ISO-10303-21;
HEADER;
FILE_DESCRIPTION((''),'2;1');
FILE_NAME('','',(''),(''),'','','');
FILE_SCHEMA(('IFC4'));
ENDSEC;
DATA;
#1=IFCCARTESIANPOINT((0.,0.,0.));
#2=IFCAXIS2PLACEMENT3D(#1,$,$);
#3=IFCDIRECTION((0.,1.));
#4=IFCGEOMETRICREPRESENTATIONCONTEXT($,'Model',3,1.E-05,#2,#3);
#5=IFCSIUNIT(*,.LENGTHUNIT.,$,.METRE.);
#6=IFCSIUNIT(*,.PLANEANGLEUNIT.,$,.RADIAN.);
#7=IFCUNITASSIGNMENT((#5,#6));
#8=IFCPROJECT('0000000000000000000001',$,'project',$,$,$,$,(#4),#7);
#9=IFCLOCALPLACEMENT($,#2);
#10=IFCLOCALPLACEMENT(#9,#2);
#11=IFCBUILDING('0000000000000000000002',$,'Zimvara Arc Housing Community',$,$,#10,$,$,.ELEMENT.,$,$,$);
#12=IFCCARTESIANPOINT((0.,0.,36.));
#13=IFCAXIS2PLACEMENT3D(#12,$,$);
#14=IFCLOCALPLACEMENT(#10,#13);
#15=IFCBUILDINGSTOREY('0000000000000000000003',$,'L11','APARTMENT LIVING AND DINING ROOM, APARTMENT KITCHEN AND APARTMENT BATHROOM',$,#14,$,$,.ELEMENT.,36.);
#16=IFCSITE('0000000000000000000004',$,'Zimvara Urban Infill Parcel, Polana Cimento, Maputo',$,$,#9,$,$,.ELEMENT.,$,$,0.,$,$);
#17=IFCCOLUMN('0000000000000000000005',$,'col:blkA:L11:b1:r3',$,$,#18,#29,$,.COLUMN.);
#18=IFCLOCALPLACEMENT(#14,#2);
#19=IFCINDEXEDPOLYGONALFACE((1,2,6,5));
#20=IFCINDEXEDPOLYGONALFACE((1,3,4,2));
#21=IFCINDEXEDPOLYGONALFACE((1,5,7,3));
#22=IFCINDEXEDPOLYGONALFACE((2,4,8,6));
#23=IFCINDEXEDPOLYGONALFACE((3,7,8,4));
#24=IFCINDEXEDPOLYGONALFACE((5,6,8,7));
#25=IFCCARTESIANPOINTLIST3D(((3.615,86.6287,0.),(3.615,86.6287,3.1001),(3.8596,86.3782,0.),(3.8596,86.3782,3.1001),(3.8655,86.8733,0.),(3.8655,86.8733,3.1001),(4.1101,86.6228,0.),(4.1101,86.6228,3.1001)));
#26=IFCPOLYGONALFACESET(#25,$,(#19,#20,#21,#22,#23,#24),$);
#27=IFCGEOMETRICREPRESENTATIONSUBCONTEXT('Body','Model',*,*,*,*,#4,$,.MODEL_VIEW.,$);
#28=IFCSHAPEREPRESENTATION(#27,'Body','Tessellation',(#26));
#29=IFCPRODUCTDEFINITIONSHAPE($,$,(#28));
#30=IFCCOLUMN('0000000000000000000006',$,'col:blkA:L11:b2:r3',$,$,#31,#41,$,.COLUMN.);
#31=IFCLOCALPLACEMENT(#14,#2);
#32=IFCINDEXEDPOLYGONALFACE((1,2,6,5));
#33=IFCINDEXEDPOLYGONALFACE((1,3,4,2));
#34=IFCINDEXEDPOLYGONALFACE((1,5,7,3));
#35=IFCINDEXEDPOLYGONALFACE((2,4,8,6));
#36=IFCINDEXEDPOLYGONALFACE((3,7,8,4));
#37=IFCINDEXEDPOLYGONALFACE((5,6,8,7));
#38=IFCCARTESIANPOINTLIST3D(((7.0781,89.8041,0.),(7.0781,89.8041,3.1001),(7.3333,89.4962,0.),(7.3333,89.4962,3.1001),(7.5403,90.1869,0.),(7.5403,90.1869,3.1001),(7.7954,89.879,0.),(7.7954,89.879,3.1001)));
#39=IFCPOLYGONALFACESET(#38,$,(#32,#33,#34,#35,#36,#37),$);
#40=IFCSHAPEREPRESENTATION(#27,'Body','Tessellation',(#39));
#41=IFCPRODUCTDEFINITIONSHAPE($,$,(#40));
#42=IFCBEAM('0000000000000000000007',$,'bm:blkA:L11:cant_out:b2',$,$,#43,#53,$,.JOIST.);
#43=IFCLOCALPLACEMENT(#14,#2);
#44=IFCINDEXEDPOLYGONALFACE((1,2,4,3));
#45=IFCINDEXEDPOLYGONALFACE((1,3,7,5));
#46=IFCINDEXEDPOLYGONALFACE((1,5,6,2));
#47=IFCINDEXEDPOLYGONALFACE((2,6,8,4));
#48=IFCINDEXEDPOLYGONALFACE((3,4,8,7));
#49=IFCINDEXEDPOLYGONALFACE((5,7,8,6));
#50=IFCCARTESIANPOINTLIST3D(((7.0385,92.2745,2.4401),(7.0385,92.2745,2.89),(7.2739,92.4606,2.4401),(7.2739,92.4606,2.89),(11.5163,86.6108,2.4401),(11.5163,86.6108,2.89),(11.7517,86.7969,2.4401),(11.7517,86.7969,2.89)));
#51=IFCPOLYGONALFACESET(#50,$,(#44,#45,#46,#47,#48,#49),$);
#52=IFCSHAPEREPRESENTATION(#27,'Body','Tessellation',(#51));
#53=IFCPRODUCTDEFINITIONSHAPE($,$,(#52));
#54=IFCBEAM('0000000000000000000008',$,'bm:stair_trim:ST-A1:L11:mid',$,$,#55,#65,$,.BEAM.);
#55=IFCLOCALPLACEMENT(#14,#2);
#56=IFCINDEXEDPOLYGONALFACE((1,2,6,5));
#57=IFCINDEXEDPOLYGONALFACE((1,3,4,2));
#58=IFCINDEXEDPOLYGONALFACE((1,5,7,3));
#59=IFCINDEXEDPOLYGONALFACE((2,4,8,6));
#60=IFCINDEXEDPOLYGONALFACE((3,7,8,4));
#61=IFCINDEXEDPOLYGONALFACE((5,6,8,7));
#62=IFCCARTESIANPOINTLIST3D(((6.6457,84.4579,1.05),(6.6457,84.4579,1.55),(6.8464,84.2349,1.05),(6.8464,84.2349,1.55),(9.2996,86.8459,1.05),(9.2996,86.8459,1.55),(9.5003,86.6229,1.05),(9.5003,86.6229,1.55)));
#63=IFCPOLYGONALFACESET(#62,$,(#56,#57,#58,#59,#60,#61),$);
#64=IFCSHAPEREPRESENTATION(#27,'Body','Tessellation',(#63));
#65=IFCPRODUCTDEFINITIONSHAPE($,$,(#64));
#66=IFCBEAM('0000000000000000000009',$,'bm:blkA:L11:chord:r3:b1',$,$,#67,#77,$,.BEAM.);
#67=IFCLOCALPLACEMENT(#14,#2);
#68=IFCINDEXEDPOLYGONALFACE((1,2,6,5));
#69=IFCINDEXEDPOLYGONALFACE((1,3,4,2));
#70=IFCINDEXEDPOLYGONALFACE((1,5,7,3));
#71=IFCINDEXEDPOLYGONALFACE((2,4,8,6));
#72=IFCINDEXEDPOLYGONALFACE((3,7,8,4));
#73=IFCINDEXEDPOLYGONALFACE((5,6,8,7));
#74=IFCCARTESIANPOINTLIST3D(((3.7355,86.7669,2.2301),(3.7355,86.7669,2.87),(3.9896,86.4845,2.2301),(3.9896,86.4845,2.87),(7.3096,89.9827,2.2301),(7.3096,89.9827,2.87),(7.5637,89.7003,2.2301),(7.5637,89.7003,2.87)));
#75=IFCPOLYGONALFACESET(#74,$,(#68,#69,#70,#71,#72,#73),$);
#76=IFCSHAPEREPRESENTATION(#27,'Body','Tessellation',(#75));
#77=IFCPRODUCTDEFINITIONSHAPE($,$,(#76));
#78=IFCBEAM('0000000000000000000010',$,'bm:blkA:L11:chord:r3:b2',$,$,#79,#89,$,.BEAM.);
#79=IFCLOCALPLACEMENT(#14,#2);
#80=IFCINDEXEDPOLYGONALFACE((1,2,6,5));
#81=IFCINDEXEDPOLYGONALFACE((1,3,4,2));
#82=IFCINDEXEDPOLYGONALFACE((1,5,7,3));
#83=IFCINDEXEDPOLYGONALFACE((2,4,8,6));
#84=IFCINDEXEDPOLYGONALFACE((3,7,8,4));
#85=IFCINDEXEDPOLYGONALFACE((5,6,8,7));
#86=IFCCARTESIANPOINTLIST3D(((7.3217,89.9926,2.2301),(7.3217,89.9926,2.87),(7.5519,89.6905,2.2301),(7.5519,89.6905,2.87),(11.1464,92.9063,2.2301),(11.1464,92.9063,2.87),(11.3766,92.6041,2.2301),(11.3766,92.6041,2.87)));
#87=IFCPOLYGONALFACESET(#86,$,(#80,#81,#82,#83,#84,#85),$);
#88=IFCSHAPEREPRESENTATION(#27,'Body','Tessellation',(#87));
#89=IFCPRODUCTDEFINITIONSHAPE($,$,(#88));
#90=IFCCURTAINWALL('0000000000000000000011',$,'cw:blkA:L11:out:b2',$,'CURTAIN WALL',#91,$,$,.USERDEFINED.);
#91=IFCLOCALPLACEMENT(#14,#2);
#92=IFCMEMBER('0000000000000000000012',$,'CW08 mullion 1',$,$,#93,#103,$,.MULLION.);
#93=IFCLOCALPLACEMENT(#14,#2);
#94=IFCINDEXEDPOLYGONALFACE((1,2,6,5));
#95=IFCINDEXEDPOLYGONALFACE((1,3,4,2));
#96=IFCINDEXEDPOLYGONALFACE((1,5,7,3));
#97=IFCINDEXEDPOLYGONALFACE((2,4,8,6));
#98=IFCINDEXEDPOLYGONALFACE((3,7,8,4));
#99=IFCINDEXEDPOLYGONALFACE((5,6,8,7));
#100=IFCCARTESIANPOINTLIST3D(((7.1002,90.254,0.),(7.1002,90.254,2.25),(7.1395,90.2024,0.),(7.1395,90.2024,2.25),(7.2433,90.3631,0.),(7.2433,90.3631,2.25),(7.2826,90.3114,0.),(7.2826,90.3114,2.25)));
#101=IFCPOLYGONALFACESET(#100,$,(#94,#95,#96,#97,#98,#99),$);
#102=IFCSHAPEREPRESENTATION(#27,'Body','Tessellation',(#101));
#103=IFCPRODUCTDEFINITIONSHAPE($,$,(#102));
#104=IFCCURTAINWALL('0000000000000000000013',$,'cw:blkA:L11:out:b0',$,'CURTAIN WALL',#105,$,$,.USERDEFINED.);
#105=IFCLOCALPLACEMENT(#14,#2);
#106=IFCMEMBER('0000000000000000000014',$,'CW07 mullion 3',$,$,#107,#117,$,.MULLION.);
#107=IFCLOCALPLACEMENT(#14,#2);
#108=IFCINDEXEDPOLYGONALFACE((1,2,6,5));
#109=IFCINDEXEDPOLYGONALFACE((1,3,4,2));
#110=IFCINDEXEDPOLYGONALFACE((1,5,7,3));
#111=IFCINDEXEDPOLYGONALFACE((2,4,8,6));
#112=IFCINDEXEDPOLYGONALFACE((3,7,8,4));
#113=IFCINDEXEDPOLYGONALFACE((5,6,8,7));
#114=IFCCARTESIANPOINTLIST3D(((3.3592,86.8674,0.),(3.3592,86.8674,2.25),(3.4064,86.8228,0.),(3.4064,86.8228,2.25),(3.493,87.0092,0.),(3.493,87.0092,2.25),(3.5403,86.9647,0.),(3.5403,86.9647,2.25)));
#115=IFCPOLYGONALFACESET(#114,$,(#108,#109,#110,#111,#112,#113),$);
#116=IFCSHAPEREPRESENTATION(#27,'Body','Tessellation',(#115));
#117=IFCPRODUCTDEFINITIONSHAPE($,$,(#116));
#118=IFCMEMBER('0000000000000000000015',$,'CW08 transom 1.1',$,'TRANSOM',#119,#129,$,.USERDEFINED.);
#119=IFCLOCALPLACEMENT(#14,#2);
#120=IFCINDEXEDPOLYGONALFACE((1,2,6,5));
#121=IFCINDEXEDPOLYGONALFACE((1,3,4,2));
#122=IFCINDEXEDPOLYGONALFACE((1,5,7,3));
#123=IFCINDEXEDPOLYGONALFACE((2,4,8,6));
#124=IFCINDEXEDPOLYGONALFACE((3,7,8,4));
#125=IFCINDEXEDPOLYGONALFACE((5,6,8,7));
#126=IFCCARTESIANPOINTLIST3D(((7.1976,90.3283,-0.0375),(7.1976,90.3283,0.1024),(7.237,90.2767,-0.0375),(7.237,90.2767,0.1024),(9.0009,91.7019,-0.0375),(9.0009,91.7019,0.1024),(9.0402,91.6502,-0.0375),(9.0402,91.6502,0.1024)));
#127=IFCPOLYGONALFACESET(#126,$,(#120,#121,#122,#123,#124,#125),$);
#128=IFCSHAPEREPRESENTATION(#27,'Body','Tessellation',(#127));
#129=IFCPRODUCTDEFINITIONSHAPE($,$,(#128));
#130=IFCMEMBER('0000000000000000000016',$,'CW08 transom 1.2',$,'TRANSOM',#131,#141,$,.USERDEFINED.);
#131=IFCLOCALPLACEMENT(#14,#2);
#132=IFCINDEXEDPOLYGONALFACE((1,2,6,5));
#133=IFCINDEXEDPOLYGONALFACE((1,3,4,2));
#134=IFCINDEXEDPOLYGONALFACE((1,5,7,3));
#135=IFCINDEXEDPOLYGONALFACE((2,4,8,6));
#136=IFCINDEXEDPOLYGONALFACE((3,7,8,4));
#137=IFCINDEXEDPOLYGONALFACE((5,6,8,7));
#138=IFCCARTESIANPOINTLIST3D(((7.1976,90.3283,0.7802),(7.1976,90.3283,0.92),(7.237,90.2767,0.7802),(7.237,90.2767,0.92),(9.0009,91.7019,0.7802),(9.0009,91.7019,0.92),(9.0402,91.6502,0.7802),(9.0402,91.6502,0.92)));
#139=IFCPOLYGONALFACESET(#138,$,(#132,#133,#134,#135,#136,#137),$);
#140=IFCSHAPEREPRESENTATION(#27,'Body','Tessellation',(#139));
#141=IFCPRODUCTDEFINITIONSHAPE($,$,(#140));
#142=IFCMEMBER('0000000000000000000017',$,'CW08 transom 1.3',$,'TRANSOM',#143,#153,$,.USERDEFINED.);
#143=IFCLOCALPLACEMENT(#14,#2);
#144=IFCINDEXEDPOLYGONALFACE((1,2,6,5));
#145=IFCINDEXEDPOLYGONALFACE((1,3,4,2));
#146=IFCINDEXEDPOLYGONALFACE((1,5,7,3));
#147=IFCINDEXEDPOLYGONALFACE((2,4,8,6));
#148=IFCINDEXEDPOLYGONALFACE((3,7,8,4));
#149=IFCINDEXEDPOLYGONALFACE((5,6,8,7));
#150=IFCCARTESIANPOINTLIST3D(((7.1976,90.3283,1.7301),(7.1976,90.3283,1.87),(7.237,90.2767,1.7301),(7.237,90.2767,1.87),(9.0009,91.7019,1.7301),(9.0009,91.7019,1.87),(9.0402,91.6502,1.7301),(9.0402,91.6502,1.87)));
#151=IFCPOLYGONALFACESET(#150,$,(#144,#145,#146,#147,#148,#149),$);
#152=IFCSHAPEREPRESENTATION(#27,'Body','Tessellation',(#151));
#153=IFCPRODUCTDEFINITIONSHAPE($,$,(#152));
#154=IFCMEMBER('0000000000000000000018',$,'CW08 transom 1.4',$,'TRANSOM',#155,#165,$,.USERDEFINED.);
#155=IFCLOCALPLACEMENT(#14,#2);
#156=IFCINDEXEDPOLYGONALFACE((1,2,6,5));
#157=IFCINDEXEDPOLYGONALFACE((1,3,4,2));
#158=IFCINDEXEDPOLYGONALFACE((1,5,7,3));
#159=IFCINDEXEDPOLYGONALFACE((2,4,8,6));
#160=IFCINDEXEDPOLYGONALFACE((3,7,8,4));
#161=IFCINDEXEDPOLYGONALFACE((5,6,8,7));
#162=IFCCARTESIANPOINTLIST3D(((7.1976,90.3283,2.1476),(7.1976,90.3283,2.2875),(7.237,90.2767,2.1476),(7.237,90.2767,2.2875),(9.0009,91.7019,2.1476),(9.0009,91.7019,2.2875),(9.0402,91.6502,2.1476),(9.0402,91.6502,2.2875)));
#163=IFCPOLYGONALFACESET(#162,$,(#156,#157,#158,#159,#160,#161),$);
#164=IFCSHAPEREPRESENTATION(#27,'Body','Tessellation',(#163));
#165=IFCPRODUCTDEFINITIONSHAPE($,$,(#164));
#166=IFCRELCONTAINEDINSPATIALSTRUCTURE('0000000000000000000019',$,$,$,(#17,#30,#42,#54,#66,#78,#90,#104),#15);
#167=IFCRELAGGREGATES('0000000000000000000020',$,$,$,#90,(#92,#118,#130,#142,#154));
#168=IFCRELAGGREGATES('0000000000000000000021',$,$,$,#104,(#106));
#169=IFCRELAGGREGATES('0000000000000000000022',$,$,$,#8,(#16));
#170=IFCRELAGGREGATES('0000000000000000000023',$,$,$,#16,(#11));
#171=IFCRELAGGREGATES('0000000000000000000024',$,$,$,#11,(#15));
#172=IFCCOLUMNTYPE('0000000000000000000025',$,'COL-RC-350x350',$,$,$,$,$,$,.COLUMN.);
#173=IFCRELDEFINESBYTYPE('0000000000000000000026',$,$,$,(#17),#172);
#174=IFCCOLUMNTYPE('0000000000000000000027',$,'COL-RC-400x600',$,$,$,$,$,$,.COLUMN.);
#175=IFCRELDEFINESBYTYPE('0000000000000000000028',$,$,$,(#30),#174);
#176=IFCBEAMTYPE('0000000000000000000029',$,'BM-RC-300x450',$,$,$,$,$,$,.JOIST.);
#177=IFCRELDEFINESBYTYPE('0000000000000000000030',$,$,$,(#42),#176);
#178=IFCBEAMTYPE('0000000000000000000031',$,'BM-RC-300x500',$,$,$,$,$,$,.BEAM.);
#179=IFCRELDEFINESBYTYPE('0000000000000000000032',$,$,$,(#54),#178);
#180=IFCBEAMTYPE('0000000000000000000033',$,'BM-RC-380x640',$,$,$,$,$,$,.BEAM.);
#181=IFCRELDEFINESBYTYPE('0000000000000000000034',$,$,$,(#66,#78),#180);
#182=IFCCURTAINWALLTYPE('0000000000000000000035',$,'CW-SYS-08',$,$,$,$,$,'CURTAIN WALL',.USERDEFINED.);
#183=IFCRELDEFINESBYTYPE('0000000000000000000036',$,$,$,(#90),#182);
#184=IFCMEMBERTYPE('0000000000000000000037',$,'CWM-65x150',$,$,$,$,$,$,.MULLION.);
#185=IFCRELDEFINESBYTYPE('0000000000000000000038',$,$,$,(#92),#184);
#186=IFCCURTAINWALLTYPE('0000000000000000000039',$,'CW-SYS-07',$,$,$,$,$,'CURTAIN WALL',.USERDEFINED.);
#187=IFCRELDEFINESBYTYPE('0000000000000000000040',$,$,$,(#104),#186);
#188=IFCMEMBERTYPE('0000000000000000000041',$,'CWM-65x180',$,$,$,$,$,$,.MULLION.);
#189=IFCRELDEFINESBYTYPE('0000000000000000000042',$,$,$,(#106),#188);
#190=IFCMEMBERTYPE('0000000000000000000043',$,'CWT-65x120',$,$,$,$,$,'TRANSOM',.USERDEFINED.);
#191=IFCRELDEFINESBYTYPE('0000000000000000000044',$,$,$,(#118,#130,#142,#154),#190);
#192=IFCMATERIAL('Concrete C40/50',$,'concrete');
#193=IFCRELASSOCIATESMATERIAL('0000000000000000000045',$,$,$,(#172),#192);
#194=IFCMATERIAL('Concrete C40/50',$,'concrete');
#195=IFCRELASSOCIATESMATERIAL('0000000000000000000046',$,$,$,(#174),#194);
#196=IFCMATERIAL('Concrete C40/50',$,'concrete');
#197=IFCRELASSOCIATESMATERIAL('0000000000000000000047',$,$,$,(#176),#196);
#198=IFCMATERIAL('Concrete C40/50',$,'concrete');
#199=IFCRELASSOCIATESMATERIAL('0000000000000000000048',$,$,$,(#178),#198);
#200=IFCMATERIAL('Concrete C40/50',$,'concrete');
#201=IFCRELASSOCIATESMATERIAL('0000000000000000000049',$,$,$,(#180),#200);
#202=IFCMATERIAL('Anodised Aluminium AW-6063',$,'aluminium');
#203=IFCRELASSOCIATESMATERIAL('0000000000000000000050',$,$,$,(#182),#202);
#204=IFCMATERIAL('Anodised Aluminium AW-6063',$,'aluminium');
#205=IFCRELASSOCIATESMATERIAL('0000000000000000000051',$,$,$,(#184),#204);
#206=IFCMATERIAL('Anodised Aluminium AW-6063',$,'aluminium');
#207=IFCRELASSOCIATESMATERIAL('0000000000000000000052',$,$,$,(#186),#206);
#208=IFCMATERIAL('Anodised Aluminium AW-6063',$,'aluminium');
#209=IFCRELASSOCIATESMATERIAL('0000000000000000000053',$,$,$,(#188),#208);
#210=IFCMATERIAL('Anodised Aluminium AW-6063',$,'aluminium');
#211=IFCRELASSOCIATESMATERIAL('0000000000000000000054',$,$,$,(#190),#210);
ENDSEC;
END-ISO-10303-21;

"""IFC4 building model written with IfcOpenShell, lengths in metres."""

from ifc_helpers import new_model, si_unit, direction, frame, origin, origin_2d, place, context, subcontext, project, spatial, rectangle, extrude, material, material_profile, profile_set, type_object, element, aggregate, save


model = new_model("IFC4")

# Units and contexts
model_context = context("Model", 3, precision=1e-05, world=origin(), true_north=direction((0.0, 1.0)))
body_context = subcontext(model_context, "Body", "Model", "MODEL_VIEW")
ifc_project = project(units=[si_unit("LENGTHUNIT", "METRE"), si_unit("PLANEANGLEUNIT", "RADIAN")], contexts=[model_context])

# Site, building, storey
site_placement = place(None, origin())
site = spatial("IfcSite", under=ifc_project, at=site_placement, Name="Zimvara Urban Infill Parcel, Polana Cimento, Maputo", CompositionType="ELEMENT", RefElevation=0.0)
building_placement = place(site_placement, origin())
building = spatial("IfcBuilding", under=site, at=building_placement, Name="Zimvara Arc Housing Community", CompositionType="ELEMENT")
storey_placement = place(building_placement, frame((0.0, 0.0, 36.0)))
storey = spatial("IfcBuildingStorey", under=building, at=storey_placement, Name="L11", Description="APARTMENT LIVING AND DINING ROOM, APARTMENT KITCHEN AND APARTMENT BATHROOM", CompositionType="ELEMENT", Elevation=36.0)

# Columns
ifc_material_1 = material(Name="Concrete C40/50", Category="concrete")
ifc_material_profile_1 = material_profile(ifc_material_1, rectangle(XDim=0.3501, YDim=0.3501, at=origin_2d()), Name="RC 350x350")
ifc_profile_set_1 = profile_set([ifc_material_profile_1], Name="Concrete C40/50")
column_type_1 = type_object("IfcColumnType", Name="COL-RC-350x350", PredefinedType="COLUMN", material=ifc_profile_set_1)
column_1_placement = place(storey_placement, frame((3.8625, 86.6257, 0.0), z_axis=(0.0, 0.0, 1.0), x_axis=(-0.698665, 0.715449, 0.0)))
element("IfcColumn", 1, at=column_1_placement, inside=storey, type_object=column_type_1, Name="col:blkA:L11:b1:r3", PredefinedType="COLUMN", context=body_context, shape_type="SweptSolid", body=[
    extrude(rectangle(XDim=0.3501, YDim=0.3501, at=origin_2d()), origin(), (0.0, 0.0, 1.0), 3.1001),
])
ifc_material_2 = material(Name="Concrete C40/50", Category="concrete")
ifc_material_profile_2 = material_profile(ifc_material_2, rectangle(XDim=0.3999, YDim=0.6001, at=origin_2d()), Name="RC 400x600")
ifc_profile_set_2 = profile_set([ifc_material_profile_2], Name="Concrete C40/50")
column_type_2 = type_object("IfcColumnType", Name="COL-RC-400x600", PredefinedType="COLUMN", material=ifc_profile_set_2)
column_2_placement = place(storey_placement, frame((7.4368, 89.8416, 0.0), z_axis=(0.0, 0.0, 1.0), x_axis=(-0.637962, 0.770068, 0.0)))
element("IfcColumn", 2, at=column_2_placement, inside=storey, type_object=column_type_2, Name="col:blkA:L11:b2:r3", PredefinedType="COLUMN", context=body_context, shape_type="SweptSolid", body=[
    extrude(rectangle(XDim=0.3999, YDim=0.6001, at=origin_2d()), origin(), (0.0, 0.0, 1.0), 3.1001),
])

# Beams
ifc_material_3 = material(Name="Concrete C40/50", Category="concrete")
ifc_material_profile_3 = material_profile(ifc_material_3, rectangle(XDim=0.3, YDim=0.45, at=origin_2d()), Name="RC 300x450")
ifc_profile_set_3 = profile_set([ifc_material_profile_3], Name="Concrete C40/50")
beam_type_1 = type_object("IfcBeamType", Name="BM-RC-300x450", PredefinedType="JOIST", material=ifc_profile_set_3)
beam_1_placement = place(storey_placement, frame((11.634, 86.7039, 2.665), z_axis=(-0.620202, 0.784442, 0.0), x_axis=(-0.784442, -0.620202, 0.0)))
element("IfcBeam", 3, at=beam_1_placement, inside=storey, type_object=beam_type_1, Name="bm:blkA:L11:cant_out:b2", PredefinedType="JOIST", context=body_context, shape_type="SweptSolid", body=[
    extrude(rectangle(XDim=0.3, YDim=0.45, at=origin_2d()), origin(), (0.0, 0.0, 1.0), 7.22),
])
ifc_material_4 = material(Name="Concrete C40/50", Category="concrete")
ifc_material_profile_4 = material_profile(ifc_material_4, rectangle(XDim=0.3, YDim=0.5, at=origin_2d()), Name="RC 300x500")
ifc_profile_set_4 = profile_set([ifc_material_profile_4], Name="Concrete C40/50")
beam_type_2 = type_object("IfcBeamType", Name="BM-RC-300x500", PredefinedType="BEAM", material=ifc_profile_set_4)
beam_2_placement = place(storey_placement, frame((9.3999, 86.7344, 1.3), z_axis=(-0.743362, -0.668889, 0.0), x_axis=(0.668889, -0.743362, 0.0)))
element("IfcBeam", 4, at=beam_2_placement, inside=storey, type_object=beam_type_2, Name="bm:stair_trim:ST-A1:L11:mid", PredefinedType="BEAM", context=body_context, shape_type="SweptSolid", body=[
    extrude(rectangle(XDim=0.3, YDim=0.5, at=origin_2d()), origin(), (0.0, 0.0, 1.0), 3.5701),
])
ifc_material_5 = material(Name="Concrete C40/50", Category="concrete")
ifc_material_profile_5 = material_profile(ifc_material_5, rectangle(XDim=0.3799, YDim=0.6399, at=origin_2d()), Name="RC 380x640")
ifc_profile_set_5 = profile_set([ifc_material_profile_5], Name="Concrete C40/50")
beam_type_3 = type_object("IfcBeamType", Name="BM-RC-380x640", PredefinedType="BEAM", material=ifc_profile_set_5)
beam_3_placement = place(storey_placement, frame((3.8625, 86.6257, 2.55), z_axis=(0.743395, 0.668853, 0.0), x_axis=(-0.668853, 0.743395, 0.0)))
element("IfcBeam", 5, at=beam_3_placement, inside=storey, type_object=beam_type_3, Name="bm:blkA:L11:chord:r3:b1", PredefinedType="BEAM", context=body_context, shape_type="SweptSolid", body=[
    extrude(rectangle(XDim=0.3799, YDim=0.6399, at=origin_2d()), origin(), (0.0, 0.0, 1.0), 4.8079),
])
beam_4_placement = place(storey_placement, frame((7.4368, 89.8416, 2.55), z_axis=(0.795481, 0.605979, 0.0), x_axis=(-0.605979, 0.795481, 0.0)))
element("IfcBeam", 6, at=beam_4_placement, inside=storey, type_object=beam_type_3, Name="bm:blkA:L11:chord:r3:b2", PredefinedType="BEAM", context=body_context, shape_type="SweptSolid", body=[
    extrude(rectangle(XDim=0.3799, YDim=0.6399, at=origin_2d()), origin(), (0.0, 0.0, 1.0), 4.8081),
])

# Curtain walls, members
ifc_material_6 = material(Name="Anodised Aluminium AW-6063", Category="aluminium")
curtain_wall_type_1 = type_object("IfcCurtainWallType", Name="CW-SYS-08", ElementType="CURTAIN WALL", PredefinedType="USERDEFINED", material=ifc_material_6)
curtain_wall_1_placement = place(storey_placement, origin())
curtain_wall_1 = element("IfcCurtainWall", 7, at=curtain_wall_1_placement, inside=storey, type_object=curtain_wall_type_1, Name="cw:blkA:L11:out:b2", ObjectType="CURTAIN WALL", PredefinedType="USERDEFINED")
ifc_material_7 = material(Name="Anodised Aluminium AW-6063", Category="aluminium")
ifc_material_profile_6 = material_profile(ifc_material_7, rectangle(XDim=0.0649, YDim=0.1799, at=origin_2d()), Name="ALU 65x180")
ifc_profile_set_6 = profile_set([ifc_material_profile_6], Name="Anodised Aluminium AW-6063")
member_type_1 = type_object("IfcMemberType", Name="CWM-65x150", PredefinedType="MULLION", material=ifc_profile_set_6)
member_1_placement = place(storey_placement, frame((7.1914, 90.2827, 0.0), z_axis=(0.0, 0.0, 1.0), x_axis=(-0.605988, 0.795474, 0.0)))
member_1 = element("IfcMember", 8, at=member_1_placement, type_object=member_type_1, Name="CW08 mullion 1", PredefinedType="MULLION", context=body_context, shape_type="SweptSolid", body=[
    extrude(rectangle(XDim=0.0649, YDim=0.1799, at=origin_2d()), origin(), (0.0, 0.0, 1.0), 2.25),
])
ifc_material_8 = material(Name="Anodised Aluminium AW-6063", Category="aluminium")
curtain_wall_type_2 = type_object("IfcCurtainWallType", Name="CW-SYS-07", ElementType="CURTAIN WALL", PredefinedType="USERDEFINED", material=ifc_material_8)
curtain_wall_2_placement = place(storey_placement, origin())
curtain_wall_2 = element("IfcCurtainWall", 9, at=curtain_wall_2_placement, inside=storey, type_object=curtain_wall_type_2, Name="cw:blkA:L11:out:b0", ObjectType="CURTAIN WALL", PredefinedType="USERDEFINED")
ifc_material_9 = material(Name="Anodised Aluminium AW-6063", Category="aluminium")
ifc_material_profile_7 = material_profile(ifc_material_9, rectangle(XDim=0.0649, YDim=0.1951, at=origin_2d()), Name="ALU 65x195")
ifc_profile_set_7 = profile_set([ifc_material_profile_7], Name="Anodised Aluminium AW-6063")
member_type_2 = type_object("IfcMemberType", Name="CWM-65x180", PredefinedType="MULLION", material=ifc_profile_set_7)
member_2_placement = place(storey_placement, frame((3.4497, 86.916, 0.0), z_axis=(0.0, 0.0, 1.0), x_axis=(-0.727294, 0.686326, 0.0)))
member_2 = element("IfcMember", 10, at=member_2_placement, type_object=member_type_2, Name="CW07 mullion 3", PredefinedType="MULLION", context=body_context, shape_type="SweptSolid", body=[
    extrude(rectangle(XDim=0.0649, YDim=0.1951, at=origin_2d()), origin(), (0.0, 0.0, 1.0), 2.25),
])

# Members
ifc_material_10 = material(Name="Anodised Aluminium AW-6063", Category="aluminium")
ifc_material_profile_8 = material_profile(ifc_material_10, rectangle(XDim=0.0649, YDim=0.1399, at=origin_2d()), Name="ALU 65x140")
ifc_profile_set_8 = profile_set([ifc_material_profile_8], Name="Anodised Aluminium AW-6063")
member_type_3 = type_object("IfcMemberType", Name="CWT-65x120", ElementType="TRANSOM", PredefinedType="USERDEFINED", material=ifc_profile_set_8)
member_3_placement = place(storey_placement, frame((7.2173, 90.3025, 0.0325), z_axis=(0.795506, 0.605946, 0.0), x_axis=(-0.605946, 0.795506, 0.0)))
member_3 = element("IfcMember", 11, at=member_3_placement, type_object=member_type_3, Name="CW08 transom 1.1", ObjectType="TRANSOM", PredefinedType="USERDEFINED", context=body_context, shape_type="SweptSolid", body=[
    extrude(rectangle(XDim=0.0649, YDim=0.1399, at=origin_2d()), origin(), (0.0, 0.0, 1.0), 2.2668),
])
member_4_placement = place(storey_placement, frame((7.2173, 90.3025, 0.8501), z_axis=(0.795506, 0.605946, 0.0), x_axis=(-0.605946, 0.795506, 0.0)))
member_4 = element("IfcMember", 12, at=member_4_placement, type_object=member_type_3, Name="CW08 transom 1.2", ObjectType="TRANSOM", PredefinedType="USERDEFINED", context=body_context, shape_type="SweptSolid", body=[
    extrude(rectangle(XDim=0.0649, YDim=0.1399, at=origin_2d()), origin(), (0.0, 0.0, 1.0), 2.2668),
])
member_5_placement = place(storey_placement, frame((7.2173, 90.3025, 1.8), z_axis=(0.795506, 0.605946, 0.0), x_axis=(-0.605946, 0.795506, 0.0)))
member_5 = element("IfcMember", 13, at=member_5_placement, type_object=member_type_3, Name="CW08 transom 1.3", ObjectType="TRANSOM", PredefinedType="USERDEFINED", context=body_context, shape_type="SweptSolid", body=[
    extrude(rectangle(XDim=0.0649, YDim=0.1399, at=origin_2d()), origin(), (0.0, 0.0, 1.0), 2.2668),
])
member_6_placement = place(storey_placement, frame((7.2173, 90.3025, 2.2175), z_axis=(0.795506, 0.605946, 0.0), x_axis=(-0.605946, 0.795506, 0.0)))
member_6 = element("IfcMember", 14, at=member_6_placement, type_object=member_type_3, Name="CW08 transom 1.4", ObjectType="TRANSOM", PredefinedType="USERDEFINED", context=body_context, shape_type="SweptSolid", body=[
    extrude(rectangle(XDim=0.0649, YDim=0.1399, at=origin_2d()), origin(), (0.0, 0.0, 1.0), 2.2668),
])

aggregate(curtain_wall_1, [member_1, member_3, member_4, member_5, member_6])
aggregate(curtain_wall_2, [member_2])

save(model, "model.ifc")
